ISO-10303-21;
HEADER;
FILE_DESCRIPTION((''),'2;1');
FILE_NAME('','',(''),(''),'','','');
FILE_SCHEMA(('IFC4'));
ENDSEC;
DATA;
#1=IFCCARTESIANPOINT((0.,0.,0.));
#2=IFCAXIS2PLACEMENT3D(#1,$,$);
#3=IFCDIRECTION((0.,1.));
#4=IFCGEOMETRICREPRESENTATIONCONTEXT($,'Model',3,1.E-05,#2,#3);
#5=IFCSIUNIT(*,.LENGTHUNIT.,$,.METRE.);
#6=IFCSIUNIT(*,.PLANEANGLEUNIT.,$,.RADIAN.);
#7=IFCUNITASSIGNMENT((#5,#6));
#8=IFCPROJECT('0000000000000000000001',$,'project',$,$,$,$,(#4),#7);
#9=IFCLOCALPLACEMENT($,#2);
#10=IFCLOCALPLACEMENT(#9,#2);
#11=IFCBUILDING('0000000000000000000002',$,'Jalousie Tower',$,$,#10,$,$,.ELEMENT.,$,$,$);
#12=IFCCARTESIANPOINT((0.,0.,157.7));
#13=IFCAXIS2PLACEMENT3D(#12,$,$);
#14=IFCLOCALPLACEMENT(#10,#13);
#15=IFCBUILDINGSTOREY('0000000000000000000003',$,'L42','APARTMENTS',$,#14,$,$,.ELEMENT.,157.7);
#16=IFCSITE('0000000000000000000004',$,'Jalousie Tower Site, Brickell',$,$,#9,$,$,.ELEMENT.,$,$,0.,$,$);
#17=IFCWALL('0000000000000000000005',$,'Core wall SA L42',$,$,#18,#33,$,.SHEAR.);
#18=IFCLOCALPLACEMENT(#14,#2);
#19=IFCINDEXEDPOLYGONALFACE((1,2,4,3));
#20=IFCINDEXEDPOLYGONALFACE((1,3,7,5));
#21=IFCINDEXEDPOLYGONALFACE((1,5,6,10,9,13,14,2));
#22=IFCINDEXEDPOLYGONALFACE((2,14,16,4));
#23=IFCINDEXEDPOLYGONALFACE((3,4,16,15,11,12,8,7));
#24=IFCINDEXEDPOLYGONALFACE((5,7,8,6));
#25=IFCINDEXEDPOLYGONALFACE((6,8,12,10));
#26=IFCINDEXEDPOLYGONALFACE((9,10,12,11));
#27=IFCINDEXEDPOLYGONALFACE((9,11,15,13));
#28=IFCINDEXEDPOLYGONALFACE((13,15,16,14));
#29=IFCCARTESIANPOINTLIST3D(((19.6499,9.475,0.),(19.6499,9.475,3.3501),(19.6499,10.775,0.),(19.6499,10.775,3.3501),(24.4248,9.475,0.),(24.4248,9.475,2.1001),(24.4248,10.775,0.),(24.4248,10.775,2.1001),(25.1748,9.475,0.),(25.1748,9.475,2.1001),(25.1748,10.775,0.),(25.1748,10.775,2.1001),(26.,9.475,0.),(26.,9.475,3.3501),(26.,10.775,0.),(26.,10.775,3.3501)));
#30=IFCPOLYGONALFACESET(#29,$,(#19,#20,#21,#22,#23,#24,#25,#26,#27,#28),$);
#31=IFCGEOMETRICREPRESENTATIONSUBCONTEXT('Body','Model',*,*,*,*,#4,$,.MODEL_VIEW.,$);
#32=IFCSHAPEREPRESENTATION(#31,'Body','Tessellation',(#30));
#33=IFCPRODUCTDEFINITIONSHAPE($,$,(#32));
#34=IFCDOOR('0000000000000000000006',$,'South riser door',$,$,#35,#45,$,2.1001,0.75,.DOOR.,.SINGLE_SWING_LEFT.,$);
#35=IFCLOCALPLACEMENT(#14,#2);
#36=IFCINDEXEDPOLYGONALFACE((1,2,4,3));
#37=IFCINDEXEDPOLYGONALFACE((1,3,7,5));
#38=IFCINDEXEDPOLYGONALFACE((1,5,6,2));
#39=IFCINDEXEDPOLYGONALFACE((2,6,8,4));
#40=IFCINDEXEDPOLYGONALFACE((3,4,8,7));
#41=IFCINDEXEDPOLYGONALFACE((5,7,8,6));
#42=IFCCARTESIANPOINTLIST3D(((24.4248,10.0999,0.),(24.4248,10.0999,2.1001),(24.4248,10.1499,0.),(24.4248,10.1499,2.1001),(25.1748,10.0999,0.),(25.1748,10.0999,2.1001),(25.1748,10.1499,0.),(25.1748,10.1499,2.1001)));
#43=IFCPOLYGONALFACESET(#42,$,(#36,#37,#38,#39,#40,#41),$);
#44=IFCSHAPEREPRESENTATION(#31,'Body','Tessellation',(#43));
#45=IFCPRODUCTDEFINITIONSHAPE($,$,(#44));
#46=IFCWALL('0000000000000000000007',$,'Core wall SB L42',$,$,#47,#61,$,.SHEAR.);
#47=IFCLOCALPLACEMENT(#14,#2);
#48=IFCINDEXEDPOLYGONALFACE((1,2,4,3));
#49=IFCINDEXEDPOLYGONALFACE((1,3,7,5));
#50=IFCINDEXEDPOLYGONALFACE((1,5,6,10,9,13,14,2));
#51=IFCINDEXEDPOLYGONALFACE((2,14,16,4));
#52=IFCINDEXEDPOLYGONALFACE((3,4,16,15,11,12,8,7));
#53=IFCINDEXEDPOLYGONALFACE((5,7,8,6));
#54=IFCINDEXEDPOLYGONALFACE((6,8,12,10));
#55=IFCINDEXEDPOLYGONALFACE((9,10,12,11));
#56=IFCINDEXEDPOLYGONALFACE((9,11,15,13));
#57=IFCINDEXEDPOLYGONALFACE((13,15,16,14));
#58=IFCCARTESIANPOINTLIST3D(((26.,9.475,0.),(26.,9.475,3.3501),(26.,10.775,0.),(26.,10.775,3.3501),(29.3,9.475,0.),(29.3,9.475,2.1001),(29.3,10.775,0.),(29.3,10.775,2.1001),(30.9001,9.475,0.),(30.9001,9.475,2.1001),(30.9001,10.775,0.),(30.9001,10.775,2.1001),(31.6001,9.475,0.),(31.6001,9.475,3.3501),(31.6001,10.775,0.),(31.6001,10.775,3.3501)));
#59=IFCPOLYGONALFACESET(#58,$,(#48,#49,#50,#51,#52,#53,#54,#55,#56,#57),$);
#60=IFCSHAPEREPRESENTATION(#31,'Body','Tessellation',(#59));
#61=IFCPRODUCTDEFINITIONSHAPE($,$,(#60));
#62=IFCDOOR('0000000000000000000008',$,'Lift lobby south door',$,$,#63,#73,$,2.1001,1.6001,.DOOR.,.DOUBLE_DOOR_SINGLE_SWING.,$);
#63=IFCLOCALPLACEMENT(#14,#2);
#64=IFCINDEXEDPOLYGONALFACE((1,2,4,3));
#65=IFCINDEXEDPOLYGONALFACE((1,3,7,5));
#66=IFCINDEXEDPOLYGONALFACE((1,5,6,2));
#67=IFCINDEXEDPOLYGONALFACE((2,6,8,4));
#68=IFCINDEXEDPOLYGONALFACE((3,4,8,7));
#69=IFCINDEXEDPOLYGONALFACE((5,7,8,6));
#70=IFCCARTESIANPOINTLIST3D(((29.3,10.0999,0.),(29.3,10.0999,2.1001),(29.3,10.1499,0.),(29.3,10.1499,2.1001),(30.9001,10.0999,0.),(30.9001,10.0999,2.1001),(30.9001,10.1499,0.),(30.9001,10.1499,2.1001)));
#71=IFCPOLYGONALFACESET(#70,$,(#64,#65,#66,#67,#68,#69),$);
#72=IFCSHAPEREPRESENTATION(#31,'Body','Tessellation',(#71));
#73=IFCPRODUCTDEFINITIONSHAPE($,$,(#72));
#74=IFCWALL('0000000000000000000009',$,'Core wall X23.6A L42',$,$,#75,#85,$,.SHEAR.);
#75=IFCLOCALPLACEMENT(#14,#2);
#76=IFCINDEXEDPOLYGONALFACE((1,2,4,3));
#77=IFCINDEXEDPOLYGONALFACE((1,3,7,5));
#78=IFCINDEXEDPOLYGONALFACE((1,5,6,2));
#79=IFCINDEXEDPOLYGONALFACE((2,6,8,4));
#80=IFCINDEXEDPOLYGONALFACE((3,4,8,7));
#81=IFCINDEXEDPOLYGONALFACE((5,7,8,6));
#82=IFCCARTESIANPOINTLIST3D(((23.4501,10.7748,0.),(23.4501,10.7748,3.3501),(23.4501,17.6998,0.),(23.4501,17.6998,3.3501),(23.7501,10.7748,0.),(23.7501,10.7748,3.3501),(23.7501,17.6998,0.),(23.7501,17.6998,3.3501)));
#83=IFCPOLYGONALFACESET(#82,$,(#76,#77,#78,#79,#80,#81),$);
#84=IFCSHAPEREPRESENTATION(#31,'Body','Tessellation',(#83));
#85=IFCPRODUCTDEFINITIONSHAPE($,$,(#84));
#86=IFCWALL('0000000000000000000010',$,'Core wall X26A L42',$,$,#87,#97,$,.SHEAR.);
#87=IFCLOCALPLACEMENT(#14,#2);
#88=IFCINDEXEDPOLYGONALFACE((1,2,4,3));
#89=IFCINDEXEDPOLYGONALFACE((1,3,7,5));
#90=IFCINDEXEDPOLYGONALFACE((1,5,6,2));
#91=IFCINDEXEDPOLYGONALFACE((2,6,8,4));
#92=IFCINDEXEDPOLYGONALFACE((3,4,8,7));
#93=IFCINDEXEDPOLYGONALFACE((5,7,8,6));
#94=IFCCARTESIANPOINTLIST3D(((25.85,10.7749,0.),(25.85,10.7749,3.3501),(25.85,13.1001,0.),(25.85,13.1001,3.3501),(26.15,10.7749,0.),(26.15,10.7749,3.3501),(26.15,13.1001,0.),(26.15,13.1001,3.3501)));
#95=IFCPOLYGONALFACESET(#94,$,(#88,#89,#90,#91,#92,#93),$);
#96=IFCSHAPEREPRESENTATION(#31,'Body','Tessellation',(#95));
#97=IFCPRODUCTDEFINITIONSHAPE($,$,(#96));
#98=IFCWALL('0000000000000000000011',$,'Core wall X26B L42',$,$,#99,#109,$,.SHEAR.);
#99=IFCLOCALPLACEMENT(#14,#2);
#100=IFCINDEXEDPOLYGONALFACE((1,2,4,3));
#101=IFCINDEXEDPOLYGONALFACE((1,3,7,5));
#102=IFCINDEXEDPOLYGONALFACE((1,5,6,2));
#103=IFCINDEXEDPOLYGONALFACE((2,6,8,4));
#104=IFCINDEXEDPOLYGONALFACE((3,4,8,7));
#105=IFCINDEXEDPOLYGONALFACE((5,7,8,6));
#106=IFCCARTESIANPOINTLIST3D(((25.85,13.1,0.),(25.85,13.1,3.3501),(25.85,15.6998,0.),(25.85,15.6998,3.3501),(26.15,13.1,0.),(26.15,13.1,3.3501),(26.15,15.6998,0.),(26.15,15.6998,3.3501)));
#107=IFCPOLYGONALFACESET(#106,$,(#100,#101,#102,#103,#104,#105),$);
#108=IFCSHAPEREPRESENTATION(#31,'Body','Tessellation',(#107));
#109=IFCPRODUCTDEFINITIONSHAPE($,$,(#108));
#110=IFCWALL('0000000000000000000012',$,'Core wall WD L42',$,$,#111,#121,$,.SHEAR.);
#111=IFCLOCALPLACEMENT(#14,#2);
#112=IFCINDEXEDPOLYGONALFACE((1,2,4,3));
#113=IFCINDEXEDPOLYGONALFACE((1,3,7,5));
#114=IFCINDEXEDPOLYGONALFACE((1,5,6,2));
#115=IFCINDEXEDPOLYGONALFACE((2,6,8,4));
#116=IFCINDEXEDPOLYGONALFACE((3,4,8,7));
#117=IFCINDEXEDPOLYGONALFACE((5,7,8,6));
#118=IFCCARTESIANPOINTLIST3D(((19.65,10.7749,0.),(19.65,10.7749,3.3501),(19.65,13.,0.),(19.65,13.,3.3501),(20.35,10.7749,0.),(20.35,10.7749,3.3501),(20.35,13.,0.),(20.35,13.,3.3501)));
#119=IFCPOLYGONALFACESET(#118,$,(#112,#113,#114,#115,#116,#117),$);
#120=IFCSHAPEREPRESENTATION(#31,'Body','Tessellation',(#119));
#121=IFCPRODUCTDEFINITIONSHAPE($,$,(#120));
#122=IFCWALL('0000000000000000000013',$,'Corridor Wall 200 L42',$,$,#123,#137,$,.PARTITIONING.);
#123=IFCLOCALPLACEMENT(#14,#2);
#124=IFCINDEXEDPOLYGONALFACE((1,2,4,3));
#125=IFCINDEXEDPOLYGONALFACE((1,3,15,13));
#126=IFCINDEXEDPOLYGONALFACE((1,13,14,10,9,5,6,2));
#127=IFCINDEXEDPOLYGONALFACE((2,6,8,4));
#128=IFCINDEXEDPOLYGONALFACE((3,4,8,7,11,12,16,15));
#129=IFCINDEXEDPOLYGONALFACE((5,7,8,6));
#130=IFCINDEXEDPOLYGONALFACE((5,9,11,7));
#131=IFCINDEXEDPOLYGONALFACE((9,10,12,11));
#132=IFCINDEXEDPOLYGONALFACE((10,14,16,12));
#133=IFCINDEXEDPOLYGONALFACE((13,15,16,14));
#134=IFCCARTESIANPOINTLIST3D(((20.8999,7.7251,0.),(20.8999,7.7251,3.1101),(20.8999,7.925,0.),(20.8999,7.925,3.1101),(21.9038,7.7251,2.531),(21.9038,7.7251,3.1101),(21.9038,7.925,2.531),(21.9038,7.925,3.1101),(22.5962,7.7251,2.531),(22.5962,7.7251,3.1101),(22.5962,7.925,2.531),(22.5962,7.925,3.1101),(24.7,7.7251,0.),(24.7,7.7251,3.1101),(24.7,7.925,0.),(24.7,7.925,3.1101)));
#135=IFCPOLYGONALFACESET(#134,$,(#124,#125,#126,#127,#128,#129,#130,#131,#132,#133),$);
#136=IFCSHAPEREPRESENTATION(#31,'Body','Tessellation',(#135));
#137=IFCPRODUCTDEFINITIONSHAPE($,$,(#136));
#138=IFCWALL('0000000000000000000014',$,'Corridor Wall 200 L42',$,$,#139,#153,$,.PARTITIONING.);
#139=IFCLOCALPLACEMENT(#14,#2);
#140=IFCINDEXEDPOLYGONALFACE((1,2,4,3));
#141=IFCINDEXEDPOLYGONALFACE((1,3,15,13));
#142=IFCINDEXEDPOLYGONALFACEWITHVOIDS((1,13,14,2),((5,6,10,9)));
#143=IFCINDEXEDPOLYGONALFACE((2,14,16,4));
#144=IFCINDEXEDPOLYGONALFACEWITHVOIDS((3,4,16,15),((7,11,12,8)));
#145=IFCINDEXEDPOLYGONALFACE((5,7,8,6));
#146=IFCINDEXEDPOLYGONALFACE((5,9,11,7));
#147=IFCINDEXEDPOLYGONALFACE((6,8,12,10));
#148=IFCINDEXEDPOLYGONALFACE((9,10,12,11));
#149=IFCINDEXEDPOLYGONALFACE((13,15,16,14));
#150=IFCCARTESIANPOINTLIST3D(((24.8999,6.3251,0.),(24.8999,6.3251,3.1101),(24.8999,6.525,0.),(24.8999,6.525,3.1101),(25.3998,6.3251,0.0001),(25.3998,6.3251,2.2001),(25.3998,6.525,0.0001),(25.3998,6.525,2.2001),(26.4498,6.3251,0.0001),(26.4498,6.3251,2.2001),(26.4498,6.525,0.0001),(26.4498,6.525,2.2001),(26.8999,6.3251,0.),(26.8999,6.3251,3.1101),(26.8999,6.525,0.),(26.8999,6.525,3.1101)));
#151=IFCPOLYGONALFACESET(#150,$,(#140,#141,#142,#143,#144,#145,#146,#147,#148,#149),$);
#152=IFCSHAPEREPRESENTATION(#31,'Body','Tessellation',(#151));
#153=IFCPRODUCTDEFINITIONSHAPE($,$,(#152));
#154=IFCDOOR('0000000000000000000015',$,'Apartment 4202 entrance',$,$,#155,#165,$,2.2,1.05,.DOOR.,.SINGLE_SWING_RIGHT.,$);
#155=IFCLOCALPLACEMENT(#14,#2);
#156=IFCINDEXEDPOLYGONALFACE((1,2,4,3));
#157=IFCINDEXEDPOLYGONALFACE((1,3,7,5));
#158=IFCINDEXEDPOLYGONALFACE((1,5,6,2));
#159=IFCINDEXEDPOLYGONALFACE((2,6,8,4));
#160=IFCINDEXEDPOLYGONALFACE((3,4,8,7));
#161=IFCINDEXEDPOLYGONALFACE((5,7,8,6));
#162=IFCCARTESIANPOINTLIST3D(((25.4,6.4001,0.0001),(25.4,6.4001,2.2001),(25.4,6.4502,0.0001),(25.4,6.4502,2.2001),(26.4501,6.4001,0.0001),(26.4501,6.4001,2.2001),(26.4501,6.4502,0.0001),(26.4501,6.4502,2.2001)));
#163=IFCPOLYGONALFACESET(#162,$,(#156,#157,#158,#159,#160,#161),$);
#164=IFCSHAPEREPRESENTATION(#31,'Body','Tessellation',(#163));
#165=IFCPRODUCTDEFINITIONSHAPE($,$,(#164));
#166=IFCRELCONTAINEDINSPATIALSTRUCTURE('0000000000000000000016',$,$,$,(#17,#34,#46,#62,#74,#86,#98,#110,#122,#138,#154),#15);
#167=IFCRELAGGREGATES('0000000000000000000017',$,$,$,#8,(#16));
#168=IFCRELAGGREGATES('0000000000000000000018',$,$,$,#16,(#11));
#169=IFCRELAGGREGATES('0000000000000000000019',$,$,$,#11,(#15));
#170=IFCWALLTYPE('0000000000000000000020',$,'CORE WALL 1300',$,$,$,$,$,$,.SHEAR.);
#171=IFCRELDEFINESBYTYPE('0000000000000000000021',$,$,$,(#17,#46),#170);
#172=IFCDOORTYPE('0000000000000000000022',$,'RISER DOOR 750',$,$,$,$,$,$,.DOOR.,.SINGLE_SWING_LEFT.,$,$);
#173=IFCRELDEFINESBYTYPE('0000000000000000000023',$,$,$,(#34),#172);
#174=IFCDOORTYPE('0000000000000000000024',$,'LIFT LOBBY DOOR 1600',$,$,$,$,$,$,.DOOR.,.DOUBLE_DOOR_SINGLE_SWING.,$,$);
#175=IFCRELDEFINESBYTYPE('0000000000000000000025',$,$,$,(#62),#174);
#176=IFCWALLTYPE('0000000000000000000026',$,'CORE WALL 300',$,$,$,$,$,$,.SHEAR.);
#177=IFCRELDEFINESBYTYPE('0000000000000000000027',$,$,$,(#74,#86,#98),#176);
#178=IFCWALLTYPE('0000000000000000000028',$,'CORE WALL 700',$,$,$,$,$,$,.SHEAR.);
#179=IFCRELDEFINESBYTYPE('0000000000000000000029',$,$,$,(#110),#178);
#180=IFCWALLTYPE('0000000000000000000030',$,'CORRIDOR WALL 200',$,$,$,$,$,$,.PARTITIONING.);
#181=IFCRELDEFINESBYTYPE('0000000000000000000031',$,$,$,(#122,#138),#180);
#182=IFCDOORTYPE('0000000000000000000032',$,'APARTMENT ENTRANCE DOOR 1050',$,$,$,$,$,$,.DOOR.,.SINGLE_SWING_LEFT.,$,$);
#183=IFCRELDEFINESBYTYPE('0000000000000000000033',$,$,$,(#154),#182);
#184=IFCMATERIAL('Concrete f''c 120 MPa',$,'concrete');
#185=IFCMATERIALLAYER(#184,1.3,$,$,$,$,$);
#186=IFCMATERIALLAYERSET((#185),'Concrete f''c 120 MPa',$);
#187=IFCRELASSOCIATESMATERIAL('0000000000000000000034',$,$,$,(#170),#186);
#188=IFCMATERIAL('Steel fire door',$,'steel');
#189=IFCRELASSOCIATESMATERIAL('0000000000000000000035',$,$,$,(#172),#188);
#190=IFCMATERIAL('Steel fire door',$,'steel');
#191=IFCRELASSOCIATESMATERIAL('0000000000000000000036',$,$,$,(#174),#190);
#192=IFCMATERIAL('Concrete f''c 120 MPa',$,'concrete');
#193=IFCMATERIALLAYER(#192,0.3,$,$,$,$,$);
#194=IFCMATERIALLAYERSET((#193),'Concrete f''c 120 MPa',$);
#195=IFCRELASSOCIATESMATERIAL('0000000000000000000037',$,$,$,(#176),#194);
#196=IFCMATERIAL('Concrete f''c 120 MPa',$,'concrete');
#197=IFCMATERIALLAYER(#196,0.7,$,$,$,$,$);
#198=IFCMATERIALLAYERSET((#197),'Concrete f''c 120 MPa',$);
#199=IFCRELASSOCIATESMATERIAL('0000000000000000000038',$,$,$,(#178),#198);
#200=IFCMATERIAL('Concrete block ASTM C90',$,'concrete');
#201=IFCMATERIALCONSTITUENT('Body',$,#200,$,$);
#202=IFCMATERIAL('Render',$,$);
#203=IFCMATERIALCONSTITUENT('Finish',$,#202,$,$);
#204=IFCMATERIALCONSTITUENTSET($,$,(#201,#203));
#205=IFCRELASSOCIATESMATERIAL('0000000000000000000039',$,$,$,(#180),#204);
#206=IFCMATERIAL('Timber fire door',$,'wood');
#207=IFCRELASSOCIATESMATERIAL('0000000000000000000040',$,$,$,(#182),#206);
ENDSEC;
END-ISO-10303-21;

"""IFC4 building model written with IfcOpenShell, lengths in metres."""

from ifc_helpers import new_model, si_unit, direction, frame, frame_2d, origin, place, context, subcontext, project, spatial, polyline, rectangle, outline, extrude, material, layer, layer_set, constituent, constituent_set, type_object, element, fill, save


model = new_model("IFC4")

# Units and contexts
model_context = context("Model", 3, precision=1e-05, world=origin(), true_north=direction((0.0, 1.0)))
body_context = subcontext(model_context, "Body", "Model", "MODEL_VIEW")
ifc_project = project(units=[si_unit("LENGTHUNIT", "METRE"), si_unit("PLANEANGLEUNIT", "RADIAN")], contexts=[model_context])

# Site, building, storey
site_placement = place(None, origin())
site = spatial("IfcSite", under=ifc_project, at=site_placement, Name="Jalousie Tower Site, Brickell", CompositionType="ELEMENT", RefElevation=0.0)
building_placement = place(site_placement, origin())
building = spatial("IfcBuilding", under=site, at=building_placement, Name="Jalousie Tower", CompositionType="ELEMENT")
storey_placement = place(building_placement, frame((0.0, 0.0, 157.7)))
storey = spatial("IfcBuildingStorey", under=building, at=storey_placement, Name="L42", Description="APARTMENTS", CompositionType="ELEMENT", Elevation=157.7)

# Walls, openings, doors
ifc_material_1 = material(Name="Concrete f'c 120 MPa", Category="concrete")
ifc_layer_1 = layer(ifc_material_1, 1.3)
ifc_layer_set_1 = layer_set([ifc_layer_1], Name="Concrete f'c 120 MPa")
wall_type_1 = type_object("IfcWallType", Name="CORE WALL 1300", PredefinedType="SHEAR", material=ifc_layer_set_1)
wall_1_placement = place(storey_placement, frame((19.6499, 10.125, 0.0), z_axis=(0.0, 0.0, 1.0), x_axis=(1.0, 0.0, 0.0)))
wall_1 = element("IfcWall", 1, at=wall_1_placement, inside=storey, type_object=wall_type_1, Name="Core wall SA L42", PredefinedType="SHEAR", context=body_context, shape_type="SweptSolid", body=[
    extrude(rectangle(XDim=6.3501, YDim=1.3, at=frame_2d((3.175, 0.0))), origin(), (0.0, 0.0, 1.0), 3.3501),
])
opening_1_placement = place(wall_1_placement, frame((4.7749, 0.0, 0.0)))
opening_1 = element("IfcOpeningElement", 2, at=opening_1_placement, cuts=wall_1, PredefinedType="OPENING", context=body_context, shape_type="SweptSolid", body=[
    extrude(rectangle(XDim=0.75, YDim=2.1001, at=frame_2d((0.375, 1.05))), frame((0.0, 0.6599, 0.0), z_axis=(0.0, -1.0, 0.0), x_axis=(1.0, 0.0, 0.0)), (0.0, 0.0, 1.0), 1.3201),
])
ifc_material_2 = material(Name="Steel fire door", Category="steel")
door_type_1 = type_object("IfcDoorType", Name="RISER DOOR 750", OperationType="SINGLE_SWING_LEFT", PredefinedType="DOOR", material=ifc_material_2)
door_1_placement = place(opening_1_placement, origin())
door_1 = element("IfcDoor", 3, at=door_1_placement, inside=storey, type_object=door_type_1, Name="South riser door", OperationType="SINGLE_SWING_LEFT", OverallHeight=2.1001, OverallWidth=0.75, PredefinedType="DOOR", context=body_context, shape_type="SweptSolid", body=[
    extrude(rectangle(XDim=0.75, YDim=2.1001, at=frame_2d((0.375, 1.05))), frame((0.0, 0.0249, 0.0), z_axis=(0.0, -1.0, 0.0), x_axis=(1.0, 0.0, 0.0)), (0.0, 0.0, 1.0), 0.05),
])
fill(opening_1, door_1)
wall_2_placement = place(storey_placement, frame((26.0, 10.125, 0.0), z_axis=(0.0, 0.0, 1.0), x_axis=(1.0, 0.0, 0.0)))
wall_2 = element("IfcWall", 4, at=wall_2_placement, inside=storey, type_object=wall_type_1, Name="Core wall SB L42", PredefinedType="SHEAR", context=body_context, shape_type="SweptSolid", body=[
    extrude(rectangle(XDim=5.6001, YDim=1.3, at=frame_2d((2.8, 0.0))), origin(), (0.0, 0.0, 1.0), 3.3501),
])
opening_2_placement = place(wall_2_placement, frame((3.3, 0.0, 0.0)))
opening_2 = element("IfcOpeningElement", 5, at=opening_2_placement, cuts=wall_2, PredefinedType="OPENING", context=body_context, shape_type="SweptSolid", body=[
    extrude(rectangle(XDim=1.6001, YDim=2.1001, at=frame_2d((0.8, 1.05))), frame((0.0, 0.6599, 0.0), z_axis=(0.0, -1.0, 0.0), x_axis=(1.0, 0.0, 0.0)), (0.0, 0.0, 1.0), 1.3201),
])
ifc_material_3 = material(Name="Steel fire door", Category="steel")
door_type_2 = type_object("IfcDoorType", Name="LIFT LOBBY DOOR 1600", OperationType="DOUBLE_DOOR_SINGLE_SWING", PredefinedType="DOOR", material=ifc_material_3)
door_2_placement = place(opening_2_placement, origin())
door_2 = element("IfcDoor", 6, at=door_2_placement, inside=storey, type_object=door_type_2, Name="Lift lobby south door", OperationType="DOUBLE_DOOR_SINGLE_SWING", OverallHeight=2.1001, OverallWidth=1.6001, PredefinedType="DOOR", context=body_context, shape_type="SweptSolid", body=[
    extrude(rectangle(XDim=1.6001, YDim=2.1001, at=frame_2d((0.8, 1.05))), frame((0.0, 0.0249, 0.0), z_axis=(0.0, -1.0, 0.0), x_axis=(1.0, 0.0, 0.0)), (0.0, 0.0, 1.0), 0.05),
])
fill(opening_2, door_2)

# Walls
ifc_material_4 = material(Name="Concrete f'c 120 MPa", Category="concrete")
ifc_layer_2 = layer(ifc_material_4, 0.3)
ifc_layer_set_2 = layer_set([ifc_layer_2], Name="Concrete f'c 120 MPa")
wall_type_2 = type_object("IfcWallType", Name="CORE WALL 300", PredefinedType="SHEAR", material=ifc_layer_set_2)
wall_3_placement = place(storey_placement, frame((23.6001, 10.7749, 0.0), z_axis=(0.0, 0.0, 1.0), x_axis=(0.0, 1.0, 0.0)))
element("IfcWall", 7, at=wall_3_placement, inside=storey, type_object=wall_type_2, Name="Core wall X23.6A L42", PredefinedType="SHEAR", context=body_context, shape_type="SweptSolid", body=[
    extrude(rectangle(XDim=6.925, YDim=0.3, at=frame_2d((3.4624, 0.0))), origin(), (0.0, 0.0, 1.0), 3.3501),
])
wall_4_placement = place(storey_placement, frame((26.0, 10.7749, 0.0), z_axis=(0.0, 0.0, 1.0), x_axis=(0.0, 1.0, 0.0)))
element("IfcWall", 8, at=wall_4_placement, inside=storey, type_object=wall_type_2, Name="Core wall X26A L42", PredefinedType="SHEAR", context=body_context, shape_type="SweptSolid", body=[
    extrude(rectangle(XDim=2.3252, YDim=0.3, at=frame_2d((1.1626, 0.0))), origin(), (0.0, 0.0, 1.0), 3.3501),
])
wall_5_placement = place(storey_placement, frame((26.0, 13.1001, 0.0), z_axis=(0.0, 0.0, 1.0), x_axis=(0.0, 1.0, 0.0)))
element("IfcWall", 9, at=wall_5_placement, inside=storey, type_object=wall_type_2, Name="Core wall X26B L42", PredefinedType="SHEAR", context=body_context, shape_type="SweptSolid", body=[
    extrude(rectangle(XDim=2.5999, YDim=0.3, at=frame_2d((1.2998, 0.0))), origin(), (0.0, 0.0, 1.0), 3.3501),
])
ifc_material_5 = material(Name="Concrete f'c 120 MPa", Category="concrete")
ifc_layer_3 = layer(ifc_material_5, 0.7)
ifc_layer_set_3 = layer_set([ifc_layer_3], Name="Concrete f'c 120 MPa")
wall_type_3 = type_object("IfcWallType", Name="CORE WALL 700", PredefinedType="SHEAR", material=ifc_layer_set_3)
wall_6_placement = place(storey_placement, frame((20.0, 13.0, 0.0), z_axis=(0.0, 0.0, 1.0), x_axis=(0.0, -1.0, 0.0)))
element("IfcWall", 10, at=wall_6_placement, inside=storey, type_object=wall_type_3, Name="Core wall WD L42", PredefinedType="SHEAR", context=body_context, shape_type="SweptSolid", body=[
    extrude(rectangle(XDim=2.2251, YDim=0.7, at=frame_2d((1.1125, 0.0))), origin(), (0.0, 0.0, 1.0), 3.3501),
])
ifc_material_6 = material(Name="Concrete block ASTM C90", Category="concrete")
ifc_constituent_1 = constituent(ifc_material_6, Name="Body")
ifc_material_7 = material(Name="Render")
ifc_constituent_2 = constituent(ifc_material_7, Name="Finish")
ifc_constituent_set_1 = constituent_set(constituents=[ifc_constituent_1, ifc_constituent_2])
wall_type_4 = type_object("IfcWallType", Name="CORRIDOR WALL 200", PredefinedType="PARTITIONING", material=ifc_constituent_set_1)
wall_7_placement = place(storey_placement, frame((20.8999, 7.825, 0.0), z_axis=(0.0, 0.0, 1.0), x_axis=(1.0, 0.0, 0.0)))
element("IfcWall", 11, at=wall_7_placement, inside=storey, type_object=wall_type_4, Name="Corridor Wall 200 L42", PredefinedType="PARTITIONING", context=body_context, shape_type="SweptSolid", body=[
    extrude(outline(polyline([(0.0, 0.0), (3.8, 0.0), (3.8, 3.1101), (1.6963, 3.1101), (1.6963, 2.531), (1.0039, 2.531), (1.0039, 3.1101), (0.0, 3.1101), (0.0, 0.0)])), frame((0.0, 0.1001, 0.0), z_axis=(0.0, -1.0, 0.0), x_axis=(1.0, 0.0, 0.0)), (0.0, 0.0, 1.0), 0.2),
])

# Wall, opening, door
wall_8_placement = place(storey_placement, frame((24.8999, 6.425, 0.0), z_axis=(0.0, 0.0, 1.0), x_axis=(1.0, 0.0, 0.0)))
wall_8 = element("IfcWall", 12, at=wall_8_placement, inside=storey, type_object=wall_type_4, Name="Corridor Wall 200 L42", PredefinedType="PARTITIONING", context=body_context, shape_type="SweptSolid", body=[
    extrude(rectangle(XDim=2.0, YDim=0.2, at=frame_2d((1.0, 0.0))), origin(), (0.0, 0.0, 1.0), 3.1101),
])
opening_3_placement = place(wall_8_placement, frame((0.5, 0.0, 0.0)))
opening_3 = element("IfcOpeningElement", 13, at=opening_3_placement, cuts=wall_8, PredefinedType="OPENING", context=body_context, shape_type="SweptSolid", body=[
    extrude(rectangle(XDim=1.05, YDim=2.2, at=frame_2d((0.5249, 1.1001))), frame((0.0, 0.1099, 0.0), z_axis=(0.0, -1.0, 0.0), x_axis=(1.0, 0.0, 0.0)), (0.0, 0.0, 1.0), 0.22),
])
ifc_material_8 = material(Name="Timber fire door", Category="wood")
door_type_3 = type_object("IfcDoorType", Name="APARTMENT ENTRANCE DOOR 1050", OperationType="SINGLE_SWING_LEFT", PredefinedType="DOOR", material=ifc_material_8)
door_3_placement = place(opening_3_placement, frame((1.05, 0.0, 0.0), z_axis=(0.0, 0.0, 1.0), x_axis=(-1.0, 0.0, 0.0)))
door_3 = element("IfcDoor", 14, at=door_3_placement, inside=storey, type_object=door_type_3, Name="Apartment 4202 entrance", OperationType="SINGLE_SWING_RIGHT", OverallHeight=2.2, OverallWidth=1.05, PredefinedType="DOOR", context=body_context, shape_type="SweptSolid", body=[
    extrude(rectangle(XDim=1.05, YDim=2.2, at=frame_2d((0.5249, 1.1001))), frame((0.0, 0.0249, 0.0), z_axis=(0.0, -1.0, 0.0), x_axis=(1.0, 0.0, 0.0)), (0.0, 0.0, 1.0), 0.05),
])
fill(opening_3, door_3)

save(model, "model.ifc")
